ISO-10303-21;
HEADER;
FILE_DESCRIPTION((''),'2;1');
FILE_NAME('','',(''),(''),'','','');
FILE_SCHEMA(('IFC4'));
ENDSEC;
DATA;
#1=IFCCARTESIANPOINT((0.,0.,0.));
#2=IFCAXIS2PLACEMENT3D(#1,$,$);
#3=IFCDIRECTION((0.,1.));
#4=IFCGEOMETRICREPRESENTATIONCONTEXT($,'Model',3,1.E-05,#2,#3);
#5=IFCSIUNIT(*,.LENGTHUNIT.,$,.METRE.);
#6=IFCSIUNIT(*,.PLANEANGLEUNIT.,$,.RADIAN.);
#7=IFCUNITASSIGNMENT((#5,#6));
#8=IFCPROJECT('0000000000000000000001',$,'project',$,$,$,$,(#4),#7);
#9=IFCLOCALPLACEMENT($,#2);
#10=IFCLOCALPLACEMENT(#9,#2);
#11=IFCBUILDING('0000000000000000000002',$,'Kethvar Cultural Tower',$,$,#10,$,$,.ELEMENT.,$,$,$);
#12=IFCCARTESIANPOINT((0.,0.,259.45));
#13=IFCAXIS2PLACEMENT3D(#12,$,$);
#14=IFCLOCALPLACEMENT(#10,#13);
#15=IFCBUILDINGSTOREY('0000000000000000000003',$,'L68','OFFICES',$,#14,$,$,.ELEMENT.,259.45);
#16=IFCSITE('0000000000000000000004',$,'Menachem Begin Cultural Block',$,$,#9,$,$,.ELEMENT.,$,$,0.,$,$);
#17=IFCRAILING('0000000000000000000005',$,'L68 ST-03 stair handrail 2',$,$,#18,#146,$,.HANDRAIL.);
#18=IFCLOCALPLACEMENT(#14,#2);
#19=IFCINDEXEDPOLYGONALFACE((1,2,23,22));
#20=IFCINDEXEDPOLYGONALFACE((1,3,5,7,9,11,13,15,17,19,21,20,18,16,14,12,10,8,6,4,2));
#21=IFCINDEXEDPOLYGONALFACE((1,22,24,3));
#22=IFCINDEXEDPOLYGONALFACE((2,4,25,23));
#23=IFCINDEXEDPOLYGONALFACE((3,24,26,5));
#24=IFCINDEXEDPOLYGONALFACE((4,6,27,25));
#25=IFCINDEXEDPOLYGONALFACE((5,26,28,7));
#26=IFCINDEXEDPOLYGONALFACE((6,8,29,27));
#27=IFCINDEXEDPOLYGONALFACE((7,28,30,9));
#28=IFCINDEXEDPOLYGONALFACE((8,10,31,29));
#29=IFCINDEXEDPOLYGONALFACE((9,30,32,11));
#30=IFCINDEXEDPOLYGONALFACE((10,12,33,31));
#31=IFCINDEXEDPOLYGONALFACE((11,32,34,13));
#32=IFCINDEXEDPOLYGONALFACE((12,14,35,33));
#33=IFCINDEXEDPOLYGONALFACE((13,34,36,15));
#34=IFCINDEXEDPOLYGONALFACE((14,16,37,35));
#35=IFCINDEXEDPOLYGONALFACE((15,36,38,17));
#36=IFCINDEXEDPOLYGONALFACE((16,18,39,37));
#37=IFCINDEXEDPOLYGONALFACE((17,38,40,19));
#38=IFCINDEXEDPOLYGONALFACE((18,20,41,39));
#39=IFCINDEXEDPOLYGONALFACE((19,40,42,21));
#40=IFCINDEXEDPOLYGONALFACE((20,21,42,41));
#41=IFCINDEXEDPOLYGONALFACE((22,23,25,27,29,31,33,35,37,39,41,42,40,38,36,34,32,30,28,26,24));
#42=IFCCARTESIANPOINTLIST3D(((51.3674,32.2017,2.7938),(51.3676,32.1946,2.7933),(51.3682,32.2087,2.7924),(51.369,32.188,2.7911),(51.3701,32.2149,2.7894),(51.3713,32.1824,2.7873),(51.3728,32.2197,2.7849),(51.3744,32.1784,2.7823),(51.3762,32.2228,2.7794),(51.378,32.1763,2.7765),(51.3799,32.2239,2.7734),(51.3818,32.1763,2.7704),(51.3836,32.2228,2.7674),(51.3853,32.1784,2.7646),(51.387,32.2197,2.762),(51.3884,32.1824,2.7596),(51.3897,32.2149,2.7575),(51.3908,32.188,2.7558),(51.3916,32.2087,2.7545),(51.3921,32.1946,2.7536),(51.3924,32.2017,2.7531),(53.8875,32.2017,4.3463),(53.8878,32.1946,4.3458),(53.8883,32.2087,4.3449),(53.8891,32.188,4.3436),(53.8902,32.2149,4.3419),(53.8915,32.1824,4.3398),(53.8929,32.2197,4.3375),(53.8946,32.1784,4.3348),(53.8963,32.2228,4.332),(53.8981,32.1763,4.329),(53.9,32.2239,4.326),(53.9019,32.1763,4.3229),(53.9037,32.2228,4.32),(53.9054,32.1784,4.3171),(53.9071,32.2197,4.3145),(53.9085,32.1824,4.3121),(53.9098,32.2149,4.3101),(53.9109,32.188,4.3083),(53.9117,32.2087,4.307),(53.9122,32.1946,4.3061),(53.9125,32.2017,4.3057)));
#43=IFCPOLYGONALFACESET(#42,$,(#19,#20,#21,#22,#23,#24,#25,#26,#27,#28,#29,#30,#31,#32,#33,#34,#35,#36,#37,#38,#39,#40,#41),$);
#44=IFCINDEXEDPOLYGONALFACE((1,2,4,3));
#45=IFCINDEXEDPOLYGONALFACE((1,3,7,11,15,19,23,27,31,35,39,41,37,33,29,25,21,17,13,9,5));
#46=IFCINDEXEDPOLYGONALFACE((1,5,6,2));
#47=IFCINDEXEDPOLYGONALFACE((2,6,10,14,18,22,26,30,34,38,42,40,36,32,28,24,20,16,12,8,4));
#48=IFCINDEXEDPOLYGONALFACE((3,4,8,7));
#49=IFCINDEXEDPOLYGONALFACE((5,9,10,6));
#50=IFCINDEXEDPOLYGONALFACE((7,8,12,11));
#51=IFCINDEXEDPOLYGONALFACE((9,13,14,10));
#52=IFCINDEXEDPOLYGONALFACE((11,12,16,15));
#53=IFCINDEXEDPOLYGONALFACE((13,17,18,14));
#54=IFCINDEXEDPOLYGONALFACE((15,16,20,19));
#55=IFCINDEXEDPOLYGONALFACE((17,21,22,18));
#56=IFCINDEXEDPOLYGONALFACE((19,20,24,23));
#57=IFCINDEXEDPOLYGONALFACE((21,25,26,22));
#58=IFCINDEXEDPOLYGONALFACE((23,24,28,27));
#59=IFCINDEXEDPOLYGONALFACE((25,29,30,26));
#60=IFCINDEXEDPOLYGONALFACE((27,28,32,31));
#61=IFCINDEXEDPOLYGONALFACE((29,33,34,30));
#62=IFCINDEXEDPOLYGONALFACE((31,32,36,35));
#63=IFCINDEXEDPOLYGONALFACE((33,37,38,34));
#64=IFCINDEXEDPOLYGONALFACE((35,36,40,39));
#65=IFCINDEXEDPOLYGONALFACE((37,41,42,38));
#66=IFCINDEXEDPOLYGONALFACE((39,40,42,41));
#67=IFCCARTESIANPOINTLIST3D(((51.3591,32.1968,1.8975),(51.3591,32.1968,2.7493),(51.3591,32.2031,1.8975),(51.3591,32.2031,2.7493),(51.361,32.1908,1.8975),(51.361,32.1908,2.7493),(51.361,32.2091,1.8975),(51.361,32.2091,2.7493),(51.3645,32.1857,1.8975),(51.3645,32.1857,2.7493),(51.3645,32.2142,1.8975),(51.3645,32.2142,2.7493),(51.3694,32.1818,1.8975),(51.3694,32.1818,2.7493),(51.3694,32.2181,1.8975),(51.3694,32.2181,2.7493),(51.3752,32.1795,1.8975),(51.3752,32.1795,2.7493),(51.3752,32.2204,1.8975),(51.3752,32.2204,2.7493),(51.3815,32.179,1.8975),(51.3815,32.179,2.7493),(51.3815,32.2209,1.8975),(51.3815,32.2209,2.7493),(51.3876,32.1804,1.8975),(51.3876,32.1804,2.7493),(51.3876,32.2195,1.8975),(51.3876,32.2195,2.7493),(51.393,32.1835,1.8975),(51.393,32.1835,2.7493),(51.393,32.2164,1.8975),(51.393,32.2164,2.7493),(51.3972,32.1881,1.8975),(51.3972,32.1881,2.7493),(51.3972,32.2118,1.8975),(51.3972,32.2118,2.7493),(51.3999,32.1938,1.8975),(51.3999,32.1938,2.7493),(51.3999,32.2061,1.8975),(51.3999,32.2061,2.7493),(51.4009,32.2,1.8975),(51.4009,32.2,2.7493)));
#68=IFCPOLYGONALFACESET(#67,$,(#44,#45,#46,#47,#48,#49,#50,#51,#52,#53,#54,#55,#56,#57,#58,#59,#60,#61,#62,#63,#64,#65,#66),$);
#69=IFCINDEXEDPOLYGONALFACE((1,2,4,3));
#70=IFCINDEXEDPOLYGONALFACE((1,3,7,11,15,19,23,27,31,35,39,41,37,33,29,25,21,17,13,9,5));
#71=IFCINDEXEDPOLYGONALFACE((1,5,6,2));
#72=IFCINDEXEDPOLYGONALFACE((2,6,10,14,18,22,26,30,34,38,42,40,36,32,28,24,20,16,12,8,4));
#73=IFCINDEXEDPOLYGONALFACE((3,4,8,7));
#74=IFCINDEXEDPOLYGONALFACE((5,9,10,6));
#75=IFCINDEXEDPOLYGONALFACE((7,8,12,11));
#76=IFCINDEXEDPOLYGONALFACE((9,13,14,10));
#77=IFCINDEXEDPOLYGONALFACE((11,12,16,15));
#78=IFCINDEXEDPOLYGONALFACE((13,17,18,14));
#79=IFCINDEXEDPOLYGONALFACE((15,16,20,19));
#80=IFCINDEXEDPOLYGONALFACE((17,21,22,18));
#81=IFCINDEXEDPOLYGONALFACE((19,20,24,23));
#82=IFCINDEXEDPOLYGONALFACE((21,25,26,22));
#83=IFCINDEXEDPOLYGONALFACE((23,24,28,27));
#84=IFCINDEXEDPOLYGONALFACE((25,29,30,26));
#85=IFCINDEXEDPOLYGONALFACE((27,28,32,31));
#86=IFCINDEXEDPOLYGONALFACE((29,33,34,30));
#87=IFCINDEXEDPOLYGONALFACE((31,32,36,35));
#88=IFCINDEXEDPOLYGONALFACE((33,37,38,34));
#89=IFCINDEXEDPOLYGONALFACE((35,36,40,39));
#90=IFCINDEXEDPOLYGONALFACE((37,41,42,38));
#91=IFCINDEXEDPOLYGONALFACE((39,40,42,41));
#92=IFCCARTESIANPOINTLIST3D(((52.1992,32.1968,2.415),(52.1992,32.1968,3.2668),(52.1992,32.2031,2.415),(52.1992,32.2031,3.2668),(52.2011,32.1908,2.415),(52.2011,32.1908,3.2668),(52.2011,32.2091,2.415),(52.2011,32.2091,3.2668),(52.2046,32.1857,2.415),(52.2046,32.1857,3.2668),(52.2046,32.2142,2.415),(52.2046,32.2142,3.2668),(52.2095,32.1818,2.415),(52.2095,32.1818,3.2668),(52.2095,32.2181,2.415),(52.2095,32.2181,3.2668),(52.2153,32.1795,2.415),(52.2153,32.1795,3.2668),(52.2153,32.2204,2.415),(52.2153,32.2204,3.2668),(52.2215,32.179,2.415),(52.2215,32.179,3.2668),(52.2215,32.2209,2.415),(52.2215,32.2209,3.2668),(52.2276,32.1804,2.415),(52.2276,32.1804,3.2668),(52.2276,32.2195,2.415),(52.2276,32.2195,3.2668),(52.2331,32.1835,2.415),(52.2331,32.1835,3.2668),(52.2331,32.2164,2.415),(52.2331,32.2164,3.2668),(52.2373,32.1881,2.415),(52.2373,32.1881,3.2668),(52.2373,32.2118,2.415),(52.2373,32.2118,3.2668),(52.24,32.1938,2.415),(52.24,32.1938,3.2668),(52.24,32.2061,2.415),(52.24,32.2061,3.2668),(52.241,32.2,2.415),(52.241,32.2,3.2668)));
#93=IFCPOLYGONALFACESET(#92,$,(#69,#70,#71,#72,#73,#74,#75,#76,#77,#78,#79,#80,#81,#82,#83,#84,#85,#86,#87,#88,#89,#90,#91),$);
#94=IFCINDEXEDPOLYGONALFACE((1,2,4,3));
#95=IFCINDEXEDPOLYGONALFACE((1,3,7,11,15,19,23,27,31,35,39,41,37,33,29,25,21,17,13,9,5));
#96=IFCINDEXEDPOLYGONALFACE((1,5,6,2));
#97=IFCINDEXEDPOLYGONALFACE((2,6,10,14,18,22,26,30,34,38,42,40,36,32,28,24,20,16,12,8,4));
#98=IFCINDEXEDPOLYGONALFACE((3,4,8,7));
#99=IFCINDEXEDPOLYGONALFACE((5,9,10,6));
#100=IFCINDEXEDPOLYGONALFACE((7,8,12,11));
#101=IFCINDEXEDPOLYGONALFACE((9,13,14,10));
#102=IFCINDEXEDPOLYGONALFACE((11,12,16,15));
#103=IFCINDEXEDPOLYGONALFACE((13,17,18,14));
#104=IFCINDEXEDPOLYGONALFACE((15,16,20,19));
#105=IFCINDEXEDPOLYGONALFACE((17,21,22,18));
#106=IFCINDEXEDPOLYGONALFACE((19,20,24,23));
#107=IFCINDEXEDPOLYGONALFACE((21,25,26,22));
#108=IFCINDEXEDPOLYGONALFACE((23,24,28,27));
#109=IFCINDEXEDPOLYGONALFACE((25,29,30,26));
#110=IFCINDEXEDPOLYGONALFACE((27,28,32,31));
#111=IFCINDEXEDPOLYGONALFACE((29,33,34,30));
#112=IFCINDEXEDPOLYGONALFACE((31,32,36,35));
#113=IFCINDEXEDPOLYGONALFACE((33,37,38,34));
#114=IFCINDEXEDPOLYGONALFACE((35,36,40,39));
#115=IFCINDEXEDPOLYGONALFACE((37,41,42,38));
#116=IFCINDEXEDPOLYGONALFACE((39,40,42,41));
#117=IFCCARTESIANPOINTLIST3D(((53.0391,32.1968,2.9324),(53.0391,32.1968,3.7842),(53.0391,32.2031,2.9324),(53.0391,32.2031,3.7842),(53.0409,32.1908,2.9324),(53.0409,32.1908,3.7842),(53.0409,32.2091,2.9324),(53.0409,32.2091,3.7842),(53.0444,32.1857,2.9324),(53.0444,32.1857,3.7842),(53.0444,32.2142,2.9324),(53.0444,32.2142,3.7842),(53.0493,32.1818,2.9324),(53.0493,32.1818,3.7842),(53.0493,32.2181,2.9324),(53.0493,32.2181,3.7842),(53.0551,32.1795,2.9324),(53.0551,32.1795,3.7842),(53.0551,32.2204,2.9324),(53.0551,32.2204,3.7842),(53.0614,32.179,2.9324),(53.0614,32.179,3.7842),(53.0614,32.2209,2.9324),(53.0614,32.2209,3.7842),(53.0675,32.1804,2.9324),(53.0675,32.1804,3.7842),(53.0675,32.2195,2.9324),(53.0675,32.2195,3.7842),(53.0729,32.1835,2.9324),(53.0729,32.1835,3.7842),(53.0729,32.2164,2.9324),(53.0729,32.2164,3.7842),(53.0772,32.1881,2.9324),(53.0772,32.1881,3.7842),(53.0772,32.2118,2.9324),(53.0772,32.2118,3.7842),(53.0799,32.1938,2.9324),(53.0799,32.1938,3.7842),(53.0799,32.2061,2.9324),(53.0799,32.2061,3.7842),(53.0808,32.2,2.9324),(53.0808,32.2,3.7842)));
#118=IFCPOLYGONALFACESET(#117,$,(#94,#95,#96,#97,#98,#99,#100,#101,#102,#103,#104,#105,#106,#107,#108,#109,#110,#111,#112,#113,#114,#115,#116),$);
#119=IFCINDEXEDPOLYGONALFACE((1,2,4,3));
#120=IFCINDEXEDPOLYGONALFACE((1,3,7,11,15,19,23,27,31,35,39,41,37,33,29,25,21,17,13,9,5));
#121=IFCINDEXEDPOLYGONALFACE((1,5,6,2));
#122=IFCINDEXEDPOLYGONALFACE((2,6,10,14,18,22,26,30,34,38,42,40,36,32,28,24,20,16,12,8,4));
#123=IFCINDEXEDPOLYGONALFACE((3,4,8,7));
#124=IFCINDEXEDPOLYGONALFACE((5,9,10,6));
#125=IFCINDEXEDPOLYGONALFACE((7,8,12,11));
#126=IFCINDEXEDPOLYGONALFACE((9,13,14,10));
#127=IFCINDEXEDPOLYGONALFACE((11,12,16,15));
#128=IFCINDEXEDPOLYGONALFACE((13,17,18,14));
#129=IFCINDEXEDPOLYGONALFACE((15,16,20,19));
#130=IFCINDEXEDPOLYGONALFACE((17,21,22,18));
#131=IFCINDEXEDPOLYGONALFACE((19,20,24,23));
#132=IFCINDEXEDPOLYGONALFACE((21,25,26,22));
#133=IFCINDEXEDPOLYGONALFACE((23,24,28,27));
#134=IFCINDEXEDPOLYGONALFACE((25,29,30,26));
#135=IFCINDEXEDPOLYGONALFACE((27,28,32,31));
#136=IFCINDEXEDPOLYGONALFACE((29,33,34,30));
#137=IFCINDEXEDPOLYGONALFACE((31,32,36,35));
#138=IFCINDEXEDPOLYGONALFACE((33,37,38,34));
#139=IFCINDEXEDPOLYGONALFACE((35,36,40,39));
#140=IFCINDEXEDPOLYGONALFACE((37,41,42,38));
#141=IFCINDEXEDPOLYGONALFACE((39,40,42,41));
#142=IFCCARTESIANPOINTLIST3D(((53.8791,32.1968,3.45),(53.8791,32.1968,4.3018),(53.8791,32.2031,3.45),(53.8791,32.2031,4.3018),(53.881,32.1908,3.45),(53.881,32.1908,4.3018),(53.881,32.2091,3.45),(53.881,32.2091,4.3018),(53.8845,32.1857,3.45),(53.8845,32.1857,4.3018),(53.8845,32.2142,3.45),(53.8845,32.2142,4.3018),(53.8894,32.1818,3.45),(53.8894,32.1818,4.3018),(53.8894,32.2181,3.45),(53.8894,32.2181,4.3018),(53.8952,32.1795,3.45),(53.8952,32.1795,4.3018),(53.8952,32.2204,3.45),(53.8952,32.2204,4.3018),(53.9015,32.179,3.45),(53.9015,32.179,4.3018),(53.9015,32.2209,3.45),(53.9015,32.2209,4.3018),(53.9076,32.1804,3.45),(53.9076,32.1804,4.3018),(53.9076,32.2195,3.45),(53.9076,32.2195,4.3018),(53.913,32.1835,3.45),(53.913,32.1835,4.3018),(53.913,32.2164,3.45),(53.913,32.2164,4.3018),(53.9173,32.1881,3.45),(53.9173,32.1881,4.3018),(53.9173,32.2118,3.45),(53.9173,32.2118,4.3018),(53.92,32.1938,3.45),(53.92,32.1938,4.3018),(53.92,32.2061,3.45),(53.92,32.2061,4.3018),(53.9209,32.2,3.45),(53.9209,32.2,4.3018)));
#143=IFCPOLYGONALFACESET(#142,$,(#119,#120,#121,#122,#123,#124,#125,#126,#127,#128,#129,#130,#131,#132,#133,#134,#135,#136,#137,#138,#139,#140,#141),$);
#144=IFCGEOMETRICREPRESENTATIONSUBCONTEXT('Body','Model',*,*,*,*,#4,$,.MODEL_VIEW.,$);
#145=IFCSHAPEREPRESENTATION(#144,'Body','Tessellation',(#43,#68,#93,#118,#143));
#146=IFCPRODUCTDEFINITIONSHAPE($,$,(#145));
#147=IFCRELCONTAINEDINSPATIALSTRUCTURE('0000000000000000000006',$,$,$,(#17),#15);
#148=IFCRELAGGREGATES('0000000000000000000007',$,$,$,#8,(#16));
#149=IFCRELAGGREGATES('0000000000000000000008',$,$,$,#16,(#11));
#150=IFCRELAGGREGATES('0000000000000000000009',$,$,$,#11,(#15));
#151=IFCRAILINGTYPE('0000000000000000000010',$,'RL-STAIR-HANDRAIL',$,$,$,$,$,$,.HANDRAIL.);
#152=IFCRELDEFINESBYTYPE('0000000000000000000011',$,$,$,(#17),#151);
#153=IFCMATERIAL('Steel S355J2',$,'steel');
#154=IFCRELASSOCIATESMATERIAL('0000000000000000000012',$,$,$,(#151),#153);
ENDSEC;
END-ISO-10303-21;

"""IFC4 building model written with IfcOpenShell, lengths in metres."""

from ifc_helpers import new_model, si_unit, direction, frame, origin, origin_2d, place, context, subcontext, project, spatial, circle, extrude, material, type_object, element, save


model = new_model("IFC4")

# Units and contexts
model_context = context("Model", 3, precision=1e-05, world=origin(), true_north=direction((0.0, 1.0)))
body_context = subcontext(model_context, "Body", "Model", "MODEL_VIEW")
ifc_project = project(units=[si_unit("LENGTHUNIT", "METRE"), si_unit("PLANEANGLEUNIT", "RADIAN")], contexts=[model_context])

# Site, building, storey
site_placement = place(None, origin())
site = spatial("IfcSite", under=ifc_project, at=site_placement, Name="Menachem Begin Cultural Block", CompositionType="ELEMENT", RefElevation=0.0)
building_placement = place(site_placement, origin())
building = spatial("IfcBuilding", under=site, at=building_placement, Name="Kethvar Cultural Tower", CompositionType="ELEMENT")
storey_placement = place(building_placement, frame((0.0, 0.0, 259.45)))
storey = spatial("IfcBuildingStorey", under=building, at=storey_placement, Name="L68", Description="OFFICES", CompositionType="ELEMENT", Elevation=259.45)

# Shared definitions
ifc_material_1 = material(Name="Steel S355J2", Category="steel")

# Railing
railing_type_1 = type_object("IfcRailingType", Name="RL-STAIR-HANDRAIL", PredefinedType="HANDRAIL", material=ifc_material_1)
railing_1_placement = place(storey_placement, frame((51.3799, 32.2, 1.8975)))
element("IfcRailing", 1, at=railing_1_placement, inside=storey, type_object=railing_type_1, Name="L68 ST-03 stair handrail 2", PredefinedType="HANDRAIL", context=body_context, shape_type="SweptSolid", body=[
    extrude(circle(Radius=0.0239, at=origin_2d()), frame((0.0, 0.0, 0.876), z_axis=(0.8514, 0.0, 0.524516), x_axis=(0.0, 1.0, 0.0)), (0.0, 0.0, 1.0), 2.96),
    extrude(circle(Radius=0.021, at=origin_2d()), origin(), (0.0, 0.0, 1.0), 0.8518),
    extrude(circle(Radius=0.021, at=origin_2d()), frame((0.8401, 0.0, 0.5176)), (0.0, 0.0, 1.0), 0.8518),
    extrude(circle(Radius=0.021, at=origin_2d()), frame((1.6799, 0.0, 1.0349)), (0.0, 0.0, 1.0), 0.8518),
    extrude(circle(Radius=0.021, at=origin_2d()), frame((2.52, 0.0, 1.5525)), (0.0, 0.0, 1.0), 0.8518),
])

save(model, "model.ifc")
